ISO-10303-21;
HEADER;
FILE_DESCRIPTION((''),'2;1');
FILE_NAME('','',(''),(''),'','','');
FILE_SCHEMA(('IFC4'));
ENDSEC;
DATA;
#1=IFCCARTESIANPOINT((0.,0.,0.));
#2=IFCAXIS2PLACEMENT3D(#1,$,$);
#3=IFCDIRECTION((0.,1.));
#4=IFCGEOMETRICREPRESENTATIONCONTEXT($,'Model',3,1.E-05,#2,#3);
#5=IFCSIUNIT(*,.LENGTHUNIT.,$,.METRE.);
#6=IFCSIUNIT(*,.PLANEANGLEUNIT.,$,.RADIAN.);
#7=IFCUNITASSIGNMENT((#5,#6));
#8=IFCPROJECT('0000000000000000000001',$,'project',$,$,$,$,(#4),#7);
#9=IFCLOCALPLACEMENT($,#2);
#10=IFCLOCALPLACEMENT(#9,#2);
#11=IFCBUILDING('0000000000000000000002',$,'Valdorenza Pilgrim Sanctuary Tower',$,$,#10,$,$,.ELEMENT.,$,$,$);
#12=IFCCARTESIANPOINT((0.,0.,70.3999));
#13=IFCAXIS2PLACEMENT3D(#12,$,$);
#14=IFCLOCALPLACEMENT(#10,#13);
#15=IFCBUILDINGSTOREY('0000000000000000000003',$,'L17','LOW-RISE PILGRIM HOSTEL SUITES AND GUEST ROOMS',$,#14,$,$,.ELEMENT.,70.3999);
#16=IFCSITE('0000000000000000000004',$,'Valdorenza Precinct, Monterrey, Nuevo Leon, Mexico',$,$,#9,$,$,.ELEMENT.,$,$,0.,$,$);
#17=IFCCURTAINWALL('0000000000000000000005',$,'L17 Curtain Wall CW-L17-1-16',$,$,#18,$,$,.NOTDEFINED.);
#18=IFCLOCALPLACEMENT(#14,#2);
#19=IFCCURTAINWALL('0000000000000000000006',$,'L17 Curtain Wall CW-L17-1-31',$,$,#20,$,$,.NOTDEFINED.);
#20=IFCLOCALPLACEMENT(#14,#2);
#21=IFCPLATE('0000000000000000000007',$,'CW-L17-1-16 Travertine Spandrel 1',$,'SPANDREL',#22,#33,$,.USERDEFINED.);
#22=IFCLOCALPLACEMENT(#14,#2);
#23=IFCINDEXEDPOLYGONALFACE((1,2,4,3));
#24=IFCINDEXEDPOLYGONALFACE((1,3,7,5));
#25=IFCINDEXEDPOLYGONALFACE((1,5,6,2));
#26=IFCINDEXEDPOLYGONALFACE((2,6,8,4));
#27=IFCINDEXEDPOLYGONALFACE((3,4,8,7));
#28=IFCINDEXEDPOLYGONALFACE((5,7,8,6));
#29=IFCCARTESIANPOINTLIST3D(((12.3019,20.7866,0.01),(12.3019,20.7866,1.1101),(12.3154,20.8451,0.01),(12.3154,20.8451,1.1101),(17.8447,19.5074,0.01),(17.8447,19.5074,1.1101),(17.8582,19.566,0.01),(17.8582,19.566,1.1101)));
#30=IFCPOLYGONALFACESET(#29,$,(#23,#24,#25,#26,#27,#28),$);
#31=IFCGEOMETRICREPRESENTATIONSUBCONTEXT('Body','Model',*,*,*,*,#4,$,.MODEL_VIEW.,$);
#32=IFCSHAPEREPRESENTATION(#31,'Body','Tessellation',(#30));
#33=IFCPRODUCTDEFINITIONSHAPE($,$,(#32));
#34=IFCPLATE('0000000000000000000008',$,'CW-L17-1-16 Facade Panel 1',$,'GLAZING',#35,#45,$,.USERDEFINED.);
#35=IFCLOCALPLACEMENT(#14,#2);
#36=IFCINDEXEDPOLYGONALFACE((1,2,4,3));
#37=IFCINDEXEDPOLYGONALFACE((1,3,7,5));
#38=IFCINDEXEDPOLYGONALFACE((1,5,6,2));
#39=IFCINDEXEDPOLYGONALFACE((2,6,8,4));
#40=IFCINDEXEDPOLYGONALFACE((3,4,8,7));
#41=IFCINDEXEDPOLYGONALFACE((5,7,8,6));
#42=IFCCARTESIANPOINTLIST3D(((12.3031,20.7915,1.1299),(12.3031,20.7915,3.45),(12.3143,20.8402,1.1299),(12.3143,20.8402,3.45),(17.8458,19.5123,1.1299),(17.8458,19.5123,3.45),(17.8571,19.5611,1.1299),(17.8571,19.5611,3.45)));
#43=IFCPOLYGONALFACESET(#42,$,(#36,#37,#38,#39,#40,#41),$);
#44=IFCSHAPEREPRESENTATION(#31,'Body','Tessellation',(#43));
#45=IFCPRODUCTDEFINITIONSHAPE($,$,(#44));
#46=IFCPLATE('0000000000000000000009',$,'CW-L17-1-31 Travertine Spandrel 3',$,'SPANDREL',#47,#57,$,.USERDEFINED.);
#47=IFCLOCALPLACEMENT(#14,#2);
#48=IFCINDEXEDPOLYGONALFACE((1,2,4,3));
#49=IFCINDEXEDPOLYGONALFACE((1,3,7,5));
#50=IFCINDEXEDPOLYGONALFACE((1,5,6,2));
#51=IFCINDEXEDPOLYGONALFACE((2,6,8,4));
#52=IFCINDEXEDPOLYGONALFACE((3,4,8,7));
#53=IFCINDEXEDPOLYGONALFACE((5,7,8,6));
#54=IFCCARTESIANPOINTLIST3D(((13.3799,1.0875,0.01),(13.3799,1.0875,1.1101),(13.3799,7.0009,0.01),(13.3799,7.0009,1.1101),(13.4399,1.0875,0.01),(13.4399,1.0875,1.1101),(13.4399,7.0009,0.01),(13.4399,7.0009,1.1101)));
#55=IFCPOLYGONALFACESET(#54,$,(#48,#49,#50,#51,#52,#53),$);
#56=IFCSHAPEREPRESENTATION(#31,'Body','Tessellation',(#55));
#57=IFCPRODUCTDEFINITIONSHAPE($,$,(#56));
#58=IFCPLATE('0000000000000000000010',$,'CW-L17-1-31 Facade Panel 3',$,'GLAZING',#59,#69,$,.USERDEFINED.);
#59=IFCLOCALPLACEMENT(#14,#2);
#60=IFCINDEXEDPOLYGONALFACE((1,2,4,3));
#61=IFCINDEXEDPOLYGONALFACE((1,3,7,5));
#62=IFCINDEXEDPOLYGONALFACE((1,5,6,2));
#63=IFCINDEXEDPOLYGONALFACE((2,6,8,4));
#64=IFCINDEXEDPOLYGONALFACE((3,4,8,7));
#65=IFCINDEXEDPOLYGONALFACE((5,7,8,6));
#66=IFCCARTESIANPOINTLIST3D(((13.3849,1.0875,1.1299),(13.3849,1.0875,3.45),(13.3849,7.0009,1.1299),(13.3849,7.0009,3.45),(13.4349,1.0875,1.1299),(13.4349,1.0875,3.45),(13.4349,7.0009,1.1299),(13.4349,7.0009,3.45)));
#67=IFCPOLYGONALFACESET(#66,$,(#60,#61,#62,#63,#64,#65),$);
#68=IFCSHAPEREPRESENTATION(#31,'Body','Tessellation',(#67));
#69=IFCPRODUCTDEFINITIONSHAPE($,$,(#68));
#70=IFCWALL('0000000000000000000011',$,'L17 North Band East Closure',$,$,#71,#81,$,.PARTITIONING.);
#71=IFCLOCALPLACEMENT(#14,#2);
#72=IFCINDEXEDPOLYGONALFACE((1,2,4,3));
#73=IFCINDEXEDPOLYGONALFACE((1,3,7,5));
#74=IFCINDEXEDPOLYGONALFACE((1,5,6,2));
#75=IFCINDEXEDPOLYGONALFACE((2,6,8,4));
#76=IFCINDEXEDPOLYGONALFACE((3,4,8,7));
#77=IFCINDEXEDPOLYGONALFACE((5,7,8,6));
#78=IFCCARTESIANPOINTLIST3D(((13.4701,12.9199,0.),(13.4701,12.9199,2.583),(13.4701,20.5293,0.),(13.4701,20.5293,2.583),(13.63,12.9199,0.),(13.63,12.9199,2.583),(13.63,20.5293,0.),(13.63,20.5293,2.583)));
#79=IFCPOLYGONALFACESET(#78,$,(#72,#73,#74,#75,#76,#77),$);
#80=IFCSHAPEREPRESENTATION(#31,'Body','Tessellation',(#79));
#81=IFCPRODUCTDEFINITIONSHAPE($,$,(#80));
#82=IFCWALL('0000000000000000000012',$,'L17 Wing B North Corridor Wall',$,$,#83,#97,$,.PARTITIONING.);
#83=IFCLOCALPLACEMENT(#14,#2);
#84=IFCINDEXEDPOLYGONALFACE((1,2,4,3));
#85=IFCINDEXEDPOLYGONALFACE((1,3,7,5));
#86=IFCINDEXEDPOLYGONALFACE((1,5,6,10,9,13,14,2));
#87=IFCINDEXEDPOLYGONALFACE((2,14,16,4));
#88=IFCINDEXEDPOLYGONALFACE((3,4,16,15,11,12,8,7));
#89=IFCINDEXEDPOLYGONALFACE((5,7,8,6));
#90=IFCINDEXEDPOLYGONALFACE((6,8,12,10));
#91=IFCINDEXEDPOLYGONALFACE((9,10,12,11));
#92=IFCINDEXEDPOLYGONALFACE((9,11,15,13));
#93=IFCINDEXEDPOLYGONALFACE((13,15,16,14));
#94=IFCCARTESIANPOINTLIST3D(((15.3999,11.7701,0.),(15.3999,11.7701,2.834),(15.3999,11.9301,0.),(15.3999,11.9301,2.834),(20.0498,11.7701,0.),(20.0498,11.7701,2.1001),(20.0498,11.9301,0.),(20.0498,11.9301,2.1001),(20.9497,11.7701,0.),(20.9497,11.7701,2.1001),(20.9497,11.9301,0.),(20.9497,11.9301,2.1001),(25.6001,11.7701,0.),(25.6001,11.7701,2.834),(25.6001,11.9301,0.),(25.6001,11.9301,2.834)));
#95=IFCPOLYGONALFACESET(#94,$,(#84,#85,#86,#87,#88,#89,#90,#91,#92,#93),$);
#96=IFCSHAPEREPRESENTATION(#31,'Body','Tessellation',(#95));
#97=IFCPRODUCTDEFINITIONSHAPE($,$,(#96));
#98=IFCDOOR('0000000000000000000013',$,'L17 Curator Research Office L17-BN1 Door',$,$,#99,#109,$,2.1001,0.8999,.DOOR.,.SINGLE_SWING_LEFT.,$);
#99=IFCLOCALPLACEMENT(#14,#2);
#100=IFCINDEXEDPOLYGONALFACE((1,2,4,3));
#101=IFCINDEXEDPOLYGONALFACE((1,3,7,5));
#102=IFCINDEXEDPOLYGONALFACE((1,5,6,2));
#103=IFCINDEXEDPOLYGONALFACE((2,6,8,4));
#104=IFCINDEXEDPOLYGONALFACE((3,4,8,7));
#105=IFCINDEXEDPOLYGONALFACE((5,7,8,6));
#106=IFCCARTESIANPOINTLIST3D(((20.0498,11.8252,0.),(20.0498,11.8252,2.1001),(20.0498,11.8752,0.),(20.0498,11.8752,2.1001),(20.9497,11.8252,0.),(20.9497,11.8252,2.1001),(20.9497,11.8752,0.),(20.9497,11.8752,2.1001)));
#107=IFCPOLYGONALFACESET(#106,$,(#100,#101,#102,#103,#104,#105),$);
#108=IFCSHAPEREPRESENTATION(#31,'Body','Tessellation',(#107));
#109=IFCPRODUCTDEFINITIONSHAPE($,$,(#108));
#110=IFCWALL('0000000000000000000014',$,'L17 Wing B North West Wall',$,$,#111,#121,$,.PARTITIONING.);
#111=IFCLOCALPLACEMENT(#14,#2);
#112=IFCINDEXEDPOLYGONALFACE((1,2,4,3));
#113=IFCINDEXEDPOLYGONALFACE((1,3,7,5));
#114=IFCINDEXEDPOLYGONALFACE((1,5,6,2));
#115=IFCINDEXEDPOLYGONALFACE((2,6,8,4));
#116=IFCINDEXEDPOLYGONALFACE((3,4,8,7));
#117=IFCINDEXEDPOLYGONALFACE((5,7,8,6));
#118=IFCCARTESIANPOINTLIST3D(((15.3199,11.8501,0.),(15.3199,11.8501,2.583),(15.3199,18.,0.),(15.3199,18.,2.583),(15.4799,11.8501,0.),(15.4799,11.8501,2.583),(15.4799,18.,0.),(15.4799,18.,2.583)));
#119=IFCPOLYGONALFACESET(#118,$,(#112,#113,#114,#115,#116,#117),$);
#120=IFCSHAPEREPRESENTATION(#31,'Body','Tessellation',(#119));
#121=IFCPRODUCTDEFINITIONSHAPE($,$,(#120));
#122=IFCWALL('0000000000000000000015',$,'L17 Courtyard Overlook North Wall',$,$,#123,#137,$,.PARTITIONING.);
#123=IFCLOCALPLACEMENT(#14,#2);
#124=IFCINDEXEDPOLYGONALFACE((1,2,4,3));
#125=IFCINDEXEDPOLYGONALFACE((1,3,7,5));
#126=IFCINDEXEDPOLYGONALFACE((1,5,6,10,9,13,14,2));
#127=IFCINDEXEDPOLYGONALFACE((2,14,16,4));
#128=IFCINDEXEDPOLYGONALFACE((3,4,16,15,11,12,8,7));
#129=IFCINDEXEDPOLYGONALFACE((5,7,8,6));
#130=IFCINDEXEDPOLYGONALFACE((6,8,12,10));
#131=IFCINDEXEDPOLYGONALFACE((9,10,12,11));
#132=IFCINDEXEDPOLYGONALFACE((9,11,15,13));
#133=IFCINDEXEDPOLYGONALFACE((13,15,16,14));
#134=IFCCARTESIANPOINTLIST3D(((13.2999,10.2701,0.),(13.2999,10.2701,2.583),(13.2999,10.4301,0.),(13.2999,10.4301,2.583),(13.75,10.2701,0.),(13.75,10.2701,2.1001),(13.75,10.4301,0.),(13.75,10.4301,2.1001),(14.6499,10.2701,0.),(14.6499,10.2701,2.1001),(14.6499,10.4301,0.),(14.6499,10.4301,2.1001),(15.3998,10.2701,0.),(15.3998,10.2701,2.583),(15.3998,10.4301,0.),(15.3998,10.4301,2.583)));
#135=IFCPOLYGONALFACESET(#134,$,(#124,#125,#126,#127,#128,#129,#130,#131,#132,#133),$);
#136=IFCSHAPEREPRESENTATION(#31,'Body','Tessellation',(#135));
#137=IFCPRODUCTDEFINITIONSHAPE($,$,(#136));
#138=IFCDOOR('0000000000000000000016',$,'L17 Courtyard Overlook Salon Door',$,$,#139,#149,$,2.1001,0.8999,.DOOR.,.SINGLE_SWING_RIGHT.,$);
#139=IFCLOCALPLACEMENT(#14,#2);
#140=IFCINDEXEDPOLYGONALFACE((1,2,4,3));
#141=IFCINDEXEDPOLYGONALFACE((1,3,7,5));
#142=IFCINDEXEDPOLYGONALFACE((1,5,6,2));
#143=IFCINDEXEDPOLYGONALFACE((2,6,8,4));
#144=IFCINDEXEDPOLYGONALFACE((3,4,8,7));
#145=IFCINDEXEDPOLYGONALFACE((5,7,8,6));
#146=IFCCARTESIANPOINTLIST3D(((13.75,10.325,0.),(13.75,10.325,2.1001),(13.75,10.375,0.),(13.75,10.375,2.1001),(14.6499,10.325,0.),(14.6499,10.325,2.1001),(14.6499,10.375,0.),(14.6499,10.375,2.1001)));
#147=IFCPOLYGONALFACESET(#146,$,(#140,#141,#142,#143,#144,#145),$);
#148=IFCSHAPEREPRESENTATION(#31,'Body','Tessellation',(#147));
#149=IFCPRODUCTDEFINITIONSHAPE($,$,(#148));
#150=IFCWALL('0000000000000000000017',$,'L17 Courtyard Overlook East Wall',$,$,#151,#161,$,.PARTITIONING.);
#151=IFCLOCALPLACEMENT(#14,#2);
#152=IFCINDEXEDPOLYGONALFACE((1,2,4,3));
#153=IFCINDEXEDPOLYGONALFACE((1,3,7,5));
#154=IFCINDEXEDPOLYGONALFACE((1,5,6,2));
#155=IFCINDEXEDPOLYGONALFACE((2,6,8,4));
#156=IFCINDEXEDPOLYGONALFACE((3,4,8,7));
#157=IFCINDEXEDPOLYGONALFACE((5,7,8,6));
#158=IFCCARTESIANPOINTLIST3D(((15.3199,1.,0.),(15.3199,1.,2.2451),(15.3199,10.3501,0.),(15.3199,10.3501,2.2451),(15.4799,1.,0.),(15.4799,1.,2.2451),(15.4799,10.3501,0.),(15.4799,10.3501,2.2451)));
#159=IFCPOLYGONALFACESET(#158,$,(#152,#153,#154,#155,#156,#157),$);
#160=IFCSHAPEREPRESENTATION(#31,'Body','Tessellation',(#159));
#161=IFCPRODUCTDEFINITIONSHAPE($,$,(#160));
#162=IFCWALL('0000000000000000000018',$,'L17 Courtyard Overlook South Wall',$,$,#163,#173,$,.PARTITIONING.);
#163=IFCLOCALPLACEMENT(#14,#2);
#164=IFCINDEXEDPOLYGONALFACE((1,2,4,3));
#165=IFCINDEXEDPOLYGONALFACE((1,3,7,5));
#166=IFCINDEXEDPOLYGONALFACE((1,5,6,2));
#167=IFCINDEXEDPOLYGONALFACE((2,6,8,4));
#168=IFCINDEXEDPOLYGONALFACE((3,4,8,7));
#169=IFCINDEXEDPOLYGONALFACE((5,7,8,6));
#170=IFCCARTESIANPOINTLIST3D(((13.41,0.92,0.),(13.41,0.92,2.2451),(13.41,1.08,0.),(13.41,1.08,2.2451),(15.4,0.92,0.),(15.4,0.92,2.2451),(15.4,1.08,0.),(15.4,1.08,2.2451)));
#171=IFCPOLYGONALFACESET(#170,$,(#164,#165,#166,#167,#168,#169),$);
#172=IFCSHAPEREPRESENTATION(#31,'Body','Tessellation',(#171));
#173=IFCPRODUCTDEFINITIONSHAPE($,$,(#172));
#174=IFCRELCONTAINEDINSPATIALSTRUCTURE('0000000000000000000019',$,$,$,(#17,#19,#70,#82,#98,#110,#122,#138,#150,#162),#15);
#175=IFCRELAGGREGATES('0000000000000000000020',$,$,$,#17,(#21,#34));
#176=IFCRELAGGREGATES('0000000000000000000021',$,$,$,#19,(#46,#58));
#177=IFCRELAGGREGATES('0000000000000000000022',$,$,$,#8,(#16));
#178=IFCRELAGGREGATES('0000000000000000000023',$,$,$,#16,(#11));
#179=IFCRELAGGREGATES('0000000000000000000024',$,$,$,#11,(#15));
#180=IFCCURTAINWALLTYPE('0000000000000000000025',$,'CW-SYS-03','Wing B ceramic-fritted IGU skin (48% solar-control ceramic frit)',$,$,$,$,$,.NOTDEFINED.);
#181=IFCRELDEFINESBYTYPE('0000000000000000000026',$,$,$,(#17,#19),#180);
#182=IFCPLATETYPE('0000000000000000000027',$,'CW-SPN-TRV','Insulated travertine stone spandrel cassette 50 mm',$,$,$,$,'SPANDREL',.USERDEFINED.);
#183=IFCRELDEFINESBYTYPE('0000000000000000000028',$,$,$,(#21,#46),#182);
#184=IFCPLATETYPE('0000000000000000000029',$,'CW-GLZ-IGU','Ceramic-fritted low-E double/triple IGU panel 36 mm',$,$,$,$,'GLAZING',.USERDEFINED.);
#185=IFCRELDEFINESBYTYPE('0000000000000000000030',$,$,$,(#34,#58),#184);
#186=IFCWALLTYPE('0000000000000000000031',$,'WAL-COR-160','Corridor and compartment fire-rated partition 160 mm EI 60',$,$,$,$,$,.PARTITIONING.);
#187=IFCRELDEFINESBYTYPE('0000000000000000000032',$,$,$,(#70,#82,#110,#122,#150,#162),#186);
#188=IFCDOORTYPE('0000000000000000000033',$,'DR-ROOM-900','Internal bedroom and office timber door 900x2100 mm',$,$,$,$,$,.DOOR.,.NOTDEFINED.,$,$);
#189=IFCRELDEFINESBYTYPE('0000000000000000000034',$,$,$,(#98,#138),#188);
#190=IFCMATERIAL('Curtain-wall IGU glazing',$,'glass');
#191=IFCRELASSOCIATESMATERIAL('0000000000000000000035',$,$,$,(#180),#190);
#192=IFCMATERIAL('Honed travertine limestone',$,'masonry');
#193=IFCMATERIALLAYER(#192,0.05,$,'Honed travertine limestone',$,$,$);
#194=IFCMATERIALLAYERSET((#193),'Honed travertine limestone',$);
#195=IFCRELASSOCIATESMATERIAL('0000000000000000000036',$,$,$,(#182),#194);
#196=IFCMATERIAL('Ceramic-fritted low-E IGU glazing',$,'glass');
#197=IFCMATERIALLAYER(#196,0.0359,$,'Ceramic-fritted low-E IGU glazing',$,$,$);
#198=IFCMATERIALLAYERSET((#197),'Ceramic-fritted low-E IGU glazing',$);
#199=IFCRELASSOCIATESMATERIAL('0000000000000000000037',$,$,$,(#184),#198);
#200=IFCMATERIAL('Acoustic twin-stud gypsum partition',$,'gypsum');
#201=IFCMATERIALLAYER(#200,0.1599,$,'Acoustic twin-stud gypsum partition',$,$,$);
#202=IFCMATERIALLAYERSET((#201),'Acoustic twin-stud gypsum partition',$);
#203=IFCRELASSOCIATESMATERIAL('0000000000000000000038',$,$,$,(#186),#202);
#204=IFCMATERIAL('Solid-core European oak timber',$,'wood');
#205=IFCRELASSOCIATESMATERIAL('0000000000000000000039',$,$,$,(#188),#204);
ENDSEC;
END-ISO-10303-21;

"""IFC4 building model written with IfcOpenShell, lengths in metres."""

from ifc_helpers import new_model, si_unit, direction, frame, frame_2d, origin, origin_2d, place, context, subcontext, project, spatial, rectangle, extrude, source, transform, mapped, material, layer, layer_set, type_object, element, fill, aggregate, save


model = new_model("IFC4")

# Units and contexts
model_context = context("Model", 3, precision=1e-05, world=origin(), true_north=direction((0.0, 1.0)))
body_context = subcontext(model_context, "Body", "Model", "MODEL_VIEW")
ifc_project = project(units=[si_unit("LENGTHUNIT", "METRE"), si_unit("PLANEANGLEUNIT", "RADIAN")], contexts=[model_context])

# Site, building, storey
site_placement = place(None, origin())
site = spatial("IfcSite", under=ifc_project, at=site_placement, Name="Valdorenza Precinct, Monterrey, Nuevo Leon, Mexico", CompositionType="ELEMENT", RefElevation=0.0)
building_placement = place(site_placement, origin())
building = spatial("IfcBuilding", under=site, at=building_placement, Name="Valdorenza Pilgrim Sanctuary Tower", CompositionType="ELEMENT")
storey_placement = place(building_placement, frame((0.0, 0.0, 70.3999)))
storey = spatial("IfcBuildingStorey", under=building, at=storey_placement, Name="L17", Description="LOW-RISE PILGRIM HOSTEL SUITES AND GUEST ROOMS", CompositionType="ELEMENT", Elevation=70.3999)

# Curtain walls
ifc_material_1 = material(Name="Curtain-wall IGU glazing", Category="glass")
curtain_wall_type = type_object("IfcCurtainWallType", Name="CW-SYS-03", Description="Wing B ceramic-fritted IGU skin (48% solar-control ceramic frit)", PredefinedType="NOTDEFINED", material=ifc_material_1)
curtain_wall_1_placement = place(storey_placement, origin())
curtain_wall_1 = element("IfcCurtainWall", 1, at=curtain_wall_1_placement, inside=storey, type_object=curtain_wall_type, Name="L17 Curtain Wall CW-L17-1-16", PredefinedType="NOTDEFINED")
curtain_wall_2_placement = place(storey_placement, origin())
curtain_wall_2 = element("IfcCurtainWall", 2, at=curtain_wall_2_placement, inside=storey, type_object=curtain_wall_type, Name="L17 Curtain Wall CW-L17-1-31", PredefinedType="NOTDEFINED")

# Plates
ifc_material_2 = material(Name="Honed travertine limestone", Category="masonry")
ifc_layer_1 = layer(ifc_material_2, 0.05, Name="Honed travertine limestone")
ifc_layer_set_1 = layer_set([ifc_layer_1], Name="Honed travertine limestone")
plate_type_1 = type_object("IfcPlateType", Name="CW-SPN-TRV", Description="Insulated travertine stone spandrel cassette 50 mm", ElementType="SPANDREL", PredefinedType="USERDEFINED", material=ifc_layer_set_1)
shared_shape_1 = source(origin(), body_context, "Body", "SweptSolid", [
    extrude(rectangle(XDim=5.6885, YDim=0.0601, at=origin_2d()), origin(), (0.0, 0.0, 1.0), 1.1001),
])
plate_1_placement = place(storey_placement, frame((15.0801, 20.1763, 0.01), z_axis=(0.0, 0.0, 1.0), x_axis=(0.97439, -0.224866, 0.0)))
plate_1 = element("IfcPlate", 3, at=plate_1_placement, type_object=plate_type_1, Name="CW-L17-1-16 Travertine Spandrel 1", ObjectType="SPANDREL", PredefinedType="USERDEFINED", context=body_context, shape_type="MappedRepresentation", body=[
    mapped(shared_shape_1, transform((0.0, 0.0, 0.0), x_axis=(1.0, 0.0, 0.0), y_axis=(0.0, 1.0, 0.0), z_axis=(0.0, 0.0, 1.0), scale=1.0)),
])
ifc_material_3 = material(Name="Ceramic-fritted low-E IGU glazing", Category="glass")
ifc_layer_2 = layer(ifc_material_3, 0.0359, Name="Ceramic-fritted low-E IGU glazing")
ifc_layer_set_2 = layer_set([ifc_layer_2], Name="Ceramic-fritted low-E IGU glazing")
plate_type_2 = type_object("IfcPlateType", Name="CW-GLZ-IGU", Description="Ceramic-fritted low-E double/triple IGU panel 36 mm", ElementType="GLAZING", PredefinedType="USERDEFINED", material=ifc_layer_set_2)
shared_shape_2 = source(origin(), body_context, "Body", "SweptSolid", [
    extrude(rectangle(XDim=5.6885, YDim=0.05, at=origin_2d()), origin(), (0.0, 0.0, 1.0), 2.3201),
])
plate_2_placement = place(storey_placement, frame((15.0801, 20.1763, 1.1299), z_axis=(0.0, 0.0, 1.0), x_axis=(0.97439, -0.224866, 0.0)))
plate_2 = element("IfcPlate", 4, at=plate_2_placement, type_object=plate_type_2, Name="CW-L17-1-16 Facade Panel 1", ObjectType="GLAZING", PredefinedType="USERDEFINED", context=body_context, shape_type="MappedRepresentation", body=[
    mapped(shared_shape_2, transform((0.0, 0.0, 0.0), x_axis=(1.0, 0.0, 0.0), y_axis=(0.0, 1.0, 0.0), z_axis=(0.0, 0.0, 1.0), scale=1.0)),
])
aggregate(curtain_wall_1, [plate_1, plate_2])
shared_shape_3 = source(origin(), body_context, "Body", "SweptSolid", [
    extrude(rectangle(XDim=5.9133, YDim=0.0601, at=origin_2d()), origin(), (0.0, 0.0, 1.0), 1.1001),
])
plate_3_placement = place(storey_placement, frame((13.4099, 4.0442, 0.01), z_axis=(0.0, 0.0, 1.0), x_axis=(0.0, 1.0, 0.0)))
plate_3 = element("IfcPlate", 5, at=plate_3_placement, type_object=plate_type_1, Name="CW-L17-1-31 Travertine Spandrel 3", ObjectType="SPANDREL", PredefinedType="USERDEFINED", context=body_context, shape_type="MappedRepresentation", body=[
    mapped(shared_shape_3, transform((0.0, 0.0, 0.0), x_axis=(1.0, 0.0, 0.0), y_axis=(0.0, 1.0, 0.0), z_axis=(0.0, 0.0, 1.0), scale=1.0)),
])
shared_shape_4 = source(origin(), body_context, "Body", "SweptSolid", [
    extrude(rectangle(XDim=5.9133, YDim=0.05, at=origin_2d()), origin(), (0.0, 0.0, 1.0), 2.3201),
])
plate_4_placement = place(storey_placement, frame((13.4099, 4.0442, 1.1299), z_axis=(0.0, 0.0, 1.0), x_axis=(0.0, 1.0, 0.0)))
plate_4 = element("IfcPlate", 6, at=plate_4_placement, type_object=plate_type_2, Name="CW-L17-1-31 Facade Panel 3", ObjectType="GLAZING", PredefinedType="USERDEFINED", context=body_context, shape_type="MappedRepresentation", body=[
    mapped(shared_shape_4, transform((0.0, 0.0, 0.0), x_axis=(1.0, 0.0, 0.0), y_axis=(0.0, 1.0, 0.0), z_axis=(0.0, 0.0, 1.0), scale=1.0)),
])
aggregate(curtain_wall_2, [plate_3, plate_4])

# Wall
ifc_material_4 = material(Name="Acoustic twin-stud gypsum partition", Category="gypsum")
ifc_layer_3 = layer(ifc_material_4, 0.1599, Name="Acoustic twin-stud gypsum partition")
ifc_layer_set_3 = layer_set([ifc_layer_3], Name="Acoustic twin-stud gypsum partition")
wall_type_1 = type_object("IfcWallType", Name="WAL-COR-160", Description="Corridor and compartment fire-rated partition 160 mm EI 60", PredefinedType="PARTITIONING", material=ifc_layer_set_3)
wall_1_placement = place(storey_placement, frame((13.55, 12.9199, 0.0), z_axis=(0.0, 0.0, 1.0), x_axis=(0.0, 1.0, 0.0)))
element("IfcWall", 7, at=wall_1_placement, inside=storey, type_object=wall_type_1, Name="L17 North Band East Closure", PredefinedType="PARTITIONING", context=body_context, shape_type="SweptSolid", body=[
    extrude(rectangle(XDim=7.6094, YDim=0.1599, at=frame_2d((3.8047, 0.0))), origin(), (0.0, 0.0, 1.0), 2.583),
])

# Wall, opening, door
wall_2_placement = place(storey_placement, frame((15.3999, 11.8501, 0.0), z_axis=(0.0, 0.0, 1.0), x_axis=(1.0, 0.0, 0.0)))
wall_2 = element("IfcWall", 8, at=wall_2_placement, inside=storey, type_object=wall_type_1, Name="L17 Wing B North Corridor Wall", PredefinedType="PARTITIONING", context=body_context, shape_type="SweptSolid", body=[
    extrude(rectangle(XDim=10.2002, YDim=0.1599, at=frame_2d((5.1001, 0.0))), origin(), (0.0, 0.0, 1.0), 2.834),
])
opening_1_placement = place(wall_2_placement, frame((4.6499, 0.0, 0.0)))
opening_1 = element("IfcOpeningElement", 9, at=opening_1_placement, cuts=wall_2, PredefinedType="OPENING", context=body_context, shape_type="SweptSolid", body=[
    extrude(rectangle(XDim=0.8999, YDim=2.1001, at=frame_2d((0.45, 1.05))), frame((0.0, 0.0947, 0.0), z_axis=(0.0, -1.0, 0.0), x_axis=(1.0, 0.0, 0.0)), (0.0, 0.0, 1.0), 0.1897),
])
ifc_material_5 = material(Name="Solid-core European oak timber", Category="wood")
door_type_1 = type_object("IfcDoorType", Name="DR-ROOM-900", Description="Internal bedroom and office timber door 900x2100 mm", OperationType="NOTDEFINED", PredefinedType="DOOR", material=ifc_material_5)
door_1_placement = place(opening_1_placement, frame((0.8999, 0.0, 0.0), z_axis=(0.0, 0.0, 1.0), x_axis=(-1.0, 0.0, 0.0)))
door_1 = element("IfcDoor", 10, at=door_1_placement, inside=storey, type_object=door_type_1, Name="L17 Curator Research Office L17-BN1 Door", OperationType="SINGLE_SWING_LEFT", OverallHeight=2.1001, OverallWidth=0.8999, PredefinedType="DOOR", context=body_context, shape_type="SweptSolid", body=[
    extrude(rectangle(XDim=0.8999, YDim=2.1001, at=frame_2d((0.45, 1.05))), frame((0.0, 0.0249, 0.0), z_axis=(0.0, -1.0, 0.0), x_axis=(1.0, 0.0, 0.0)), (0.0, 0.0, 1.0), 0.05),
])
fill(opening_1, door_1)

# Wall
wall_3_placement = place(storey_placement, frame((15.3999, 11.8501, 0.0), z_axis=(0.0, 0.0, 1.0), x_axis=(0.0, 1.0, 0.0)))
element("IfcWall", 11, at=wall_3_placement, inside=storey, type_object=wall_type_1, Name="L17 Wing B North West Wall", PredefinedType="PARTITIONING", context=body_context, shape_type="SweptSolid", body=[
    extrude(rectangle(XDim=6.1499, YDim=0.1599, at=frame_2d((3.075, 0.0))), origin(), (0.0, 0.0, 1.0), 2.583),
])

# Wall, opening, door
wall_4_placement = place(storey_placement, frame((13.3, 10.3501, 0.0), z_axis=(0.0, 0.0, 1.0), x_axis=(1.0, 0.0, 0.0)))
wall_4 = element("IfcWall", 12, at=wall_4_placement, inside=storey, type_object=wall_type_1, Name="L17 Courtyard Overlook North Wall", PredefinedType="PARTITIONING", context=body_context, shape_type="SweptSolid", body=[
    extrude(rectangle(XDim=2.0999, YDim=0.1599, at=frame_2d((1.0498, 0.0))), origin(), (0.0, 0.0, 1.0), 2.583),
])
opening_2_placement = place(wall_4_placement, frame((0.45, 0.0, 0.0)))
opening_2 = element("IfcOpeningElement", 13, at=opening_2_placement, cuts=wall_4, PredefinedType="OPENING", context=body_context, shape_type="SweptSolid", body=[
    extrude(rectangle(XDim=0.8999, YDim=2.1001, at=frame_2d((0.45, 1.05))), frame((0.0, 0.0947, 0.0), z_axis=(0.0, -1.0, 0.0), x_axis=(1.0, 0.0, 0.0)), (0.0, 0.0, 1.0), 0.1897),
])
door_2_placement = place(opening_2_placement, origin())
door_2 = element("IfcDoor", 14, at=door_2_placement, inside=storey, type_object=door_type_1, Name="L17 Courtyard Overlook Salon Door", OperationType="SINGLE_SWING_RIGHT", OverallHeight=2.1001, OverallWidth=0.8999, PredefinedType="DOOR", context=body_context, shape_type="SweptSolid", body=[
    extrude(rectangle(XDim=0.8999, YDim=2.1001, at=frame_2d((0.45, 1.05))), frame((0.0, 0.0249, 0.0), z_axis=(0.0, -1.0, 0.0), x_axis=(1.0, 0.0, 0.0)), (0.0, 0.0, 1.0), 0.05),
])
fill(opening_2, door_2)

# Walls
wall_5_placement = place(storey_placement, frame((15.3999, 1.0, 0.0), z_axis=(0.0, 0.0, 1.0), x_axis=(0.0, 1.0, 0.0)))
element("IfcWall", 15, at=wall_5_placement, inside=storey, type_object=wall_type_1, Name="L17 Courtyard Overlook East Wall", PredefinedType="PARTITIONING", context=body_context, shape_type="SweptSolid", body=[
    extrude(rectangle(XDim=9.3501, YDim=0.1599, at=frame_2d((4.675, 0.0))), origin(), (0.0, 0.0, 1.0), 2.2451),
])
wall_6_placement = place(storey_placement, frame((13.4099, 1.0, 0.0), z_axis=(0.0, 0.0, 1.0), x_axis=(1.0, 0.0, 0.0)))
element("IfcWall", 16, at=wall_6_placement, inside=storey, type_object=wall_type_1, Name="L17 Courtyard Overlook South Wall", PredefinedType="PARTITIONING", context=body_context, shape_type="SweptSolid", body=[
    extrude(rectangle(XDim=1.99, YDim=0.1599, at=frame_2d((0.9951, 0.0))), origin(), (0.0, 0.0, 1.0), 2.2451),
])

save(model, "model.ifc")
